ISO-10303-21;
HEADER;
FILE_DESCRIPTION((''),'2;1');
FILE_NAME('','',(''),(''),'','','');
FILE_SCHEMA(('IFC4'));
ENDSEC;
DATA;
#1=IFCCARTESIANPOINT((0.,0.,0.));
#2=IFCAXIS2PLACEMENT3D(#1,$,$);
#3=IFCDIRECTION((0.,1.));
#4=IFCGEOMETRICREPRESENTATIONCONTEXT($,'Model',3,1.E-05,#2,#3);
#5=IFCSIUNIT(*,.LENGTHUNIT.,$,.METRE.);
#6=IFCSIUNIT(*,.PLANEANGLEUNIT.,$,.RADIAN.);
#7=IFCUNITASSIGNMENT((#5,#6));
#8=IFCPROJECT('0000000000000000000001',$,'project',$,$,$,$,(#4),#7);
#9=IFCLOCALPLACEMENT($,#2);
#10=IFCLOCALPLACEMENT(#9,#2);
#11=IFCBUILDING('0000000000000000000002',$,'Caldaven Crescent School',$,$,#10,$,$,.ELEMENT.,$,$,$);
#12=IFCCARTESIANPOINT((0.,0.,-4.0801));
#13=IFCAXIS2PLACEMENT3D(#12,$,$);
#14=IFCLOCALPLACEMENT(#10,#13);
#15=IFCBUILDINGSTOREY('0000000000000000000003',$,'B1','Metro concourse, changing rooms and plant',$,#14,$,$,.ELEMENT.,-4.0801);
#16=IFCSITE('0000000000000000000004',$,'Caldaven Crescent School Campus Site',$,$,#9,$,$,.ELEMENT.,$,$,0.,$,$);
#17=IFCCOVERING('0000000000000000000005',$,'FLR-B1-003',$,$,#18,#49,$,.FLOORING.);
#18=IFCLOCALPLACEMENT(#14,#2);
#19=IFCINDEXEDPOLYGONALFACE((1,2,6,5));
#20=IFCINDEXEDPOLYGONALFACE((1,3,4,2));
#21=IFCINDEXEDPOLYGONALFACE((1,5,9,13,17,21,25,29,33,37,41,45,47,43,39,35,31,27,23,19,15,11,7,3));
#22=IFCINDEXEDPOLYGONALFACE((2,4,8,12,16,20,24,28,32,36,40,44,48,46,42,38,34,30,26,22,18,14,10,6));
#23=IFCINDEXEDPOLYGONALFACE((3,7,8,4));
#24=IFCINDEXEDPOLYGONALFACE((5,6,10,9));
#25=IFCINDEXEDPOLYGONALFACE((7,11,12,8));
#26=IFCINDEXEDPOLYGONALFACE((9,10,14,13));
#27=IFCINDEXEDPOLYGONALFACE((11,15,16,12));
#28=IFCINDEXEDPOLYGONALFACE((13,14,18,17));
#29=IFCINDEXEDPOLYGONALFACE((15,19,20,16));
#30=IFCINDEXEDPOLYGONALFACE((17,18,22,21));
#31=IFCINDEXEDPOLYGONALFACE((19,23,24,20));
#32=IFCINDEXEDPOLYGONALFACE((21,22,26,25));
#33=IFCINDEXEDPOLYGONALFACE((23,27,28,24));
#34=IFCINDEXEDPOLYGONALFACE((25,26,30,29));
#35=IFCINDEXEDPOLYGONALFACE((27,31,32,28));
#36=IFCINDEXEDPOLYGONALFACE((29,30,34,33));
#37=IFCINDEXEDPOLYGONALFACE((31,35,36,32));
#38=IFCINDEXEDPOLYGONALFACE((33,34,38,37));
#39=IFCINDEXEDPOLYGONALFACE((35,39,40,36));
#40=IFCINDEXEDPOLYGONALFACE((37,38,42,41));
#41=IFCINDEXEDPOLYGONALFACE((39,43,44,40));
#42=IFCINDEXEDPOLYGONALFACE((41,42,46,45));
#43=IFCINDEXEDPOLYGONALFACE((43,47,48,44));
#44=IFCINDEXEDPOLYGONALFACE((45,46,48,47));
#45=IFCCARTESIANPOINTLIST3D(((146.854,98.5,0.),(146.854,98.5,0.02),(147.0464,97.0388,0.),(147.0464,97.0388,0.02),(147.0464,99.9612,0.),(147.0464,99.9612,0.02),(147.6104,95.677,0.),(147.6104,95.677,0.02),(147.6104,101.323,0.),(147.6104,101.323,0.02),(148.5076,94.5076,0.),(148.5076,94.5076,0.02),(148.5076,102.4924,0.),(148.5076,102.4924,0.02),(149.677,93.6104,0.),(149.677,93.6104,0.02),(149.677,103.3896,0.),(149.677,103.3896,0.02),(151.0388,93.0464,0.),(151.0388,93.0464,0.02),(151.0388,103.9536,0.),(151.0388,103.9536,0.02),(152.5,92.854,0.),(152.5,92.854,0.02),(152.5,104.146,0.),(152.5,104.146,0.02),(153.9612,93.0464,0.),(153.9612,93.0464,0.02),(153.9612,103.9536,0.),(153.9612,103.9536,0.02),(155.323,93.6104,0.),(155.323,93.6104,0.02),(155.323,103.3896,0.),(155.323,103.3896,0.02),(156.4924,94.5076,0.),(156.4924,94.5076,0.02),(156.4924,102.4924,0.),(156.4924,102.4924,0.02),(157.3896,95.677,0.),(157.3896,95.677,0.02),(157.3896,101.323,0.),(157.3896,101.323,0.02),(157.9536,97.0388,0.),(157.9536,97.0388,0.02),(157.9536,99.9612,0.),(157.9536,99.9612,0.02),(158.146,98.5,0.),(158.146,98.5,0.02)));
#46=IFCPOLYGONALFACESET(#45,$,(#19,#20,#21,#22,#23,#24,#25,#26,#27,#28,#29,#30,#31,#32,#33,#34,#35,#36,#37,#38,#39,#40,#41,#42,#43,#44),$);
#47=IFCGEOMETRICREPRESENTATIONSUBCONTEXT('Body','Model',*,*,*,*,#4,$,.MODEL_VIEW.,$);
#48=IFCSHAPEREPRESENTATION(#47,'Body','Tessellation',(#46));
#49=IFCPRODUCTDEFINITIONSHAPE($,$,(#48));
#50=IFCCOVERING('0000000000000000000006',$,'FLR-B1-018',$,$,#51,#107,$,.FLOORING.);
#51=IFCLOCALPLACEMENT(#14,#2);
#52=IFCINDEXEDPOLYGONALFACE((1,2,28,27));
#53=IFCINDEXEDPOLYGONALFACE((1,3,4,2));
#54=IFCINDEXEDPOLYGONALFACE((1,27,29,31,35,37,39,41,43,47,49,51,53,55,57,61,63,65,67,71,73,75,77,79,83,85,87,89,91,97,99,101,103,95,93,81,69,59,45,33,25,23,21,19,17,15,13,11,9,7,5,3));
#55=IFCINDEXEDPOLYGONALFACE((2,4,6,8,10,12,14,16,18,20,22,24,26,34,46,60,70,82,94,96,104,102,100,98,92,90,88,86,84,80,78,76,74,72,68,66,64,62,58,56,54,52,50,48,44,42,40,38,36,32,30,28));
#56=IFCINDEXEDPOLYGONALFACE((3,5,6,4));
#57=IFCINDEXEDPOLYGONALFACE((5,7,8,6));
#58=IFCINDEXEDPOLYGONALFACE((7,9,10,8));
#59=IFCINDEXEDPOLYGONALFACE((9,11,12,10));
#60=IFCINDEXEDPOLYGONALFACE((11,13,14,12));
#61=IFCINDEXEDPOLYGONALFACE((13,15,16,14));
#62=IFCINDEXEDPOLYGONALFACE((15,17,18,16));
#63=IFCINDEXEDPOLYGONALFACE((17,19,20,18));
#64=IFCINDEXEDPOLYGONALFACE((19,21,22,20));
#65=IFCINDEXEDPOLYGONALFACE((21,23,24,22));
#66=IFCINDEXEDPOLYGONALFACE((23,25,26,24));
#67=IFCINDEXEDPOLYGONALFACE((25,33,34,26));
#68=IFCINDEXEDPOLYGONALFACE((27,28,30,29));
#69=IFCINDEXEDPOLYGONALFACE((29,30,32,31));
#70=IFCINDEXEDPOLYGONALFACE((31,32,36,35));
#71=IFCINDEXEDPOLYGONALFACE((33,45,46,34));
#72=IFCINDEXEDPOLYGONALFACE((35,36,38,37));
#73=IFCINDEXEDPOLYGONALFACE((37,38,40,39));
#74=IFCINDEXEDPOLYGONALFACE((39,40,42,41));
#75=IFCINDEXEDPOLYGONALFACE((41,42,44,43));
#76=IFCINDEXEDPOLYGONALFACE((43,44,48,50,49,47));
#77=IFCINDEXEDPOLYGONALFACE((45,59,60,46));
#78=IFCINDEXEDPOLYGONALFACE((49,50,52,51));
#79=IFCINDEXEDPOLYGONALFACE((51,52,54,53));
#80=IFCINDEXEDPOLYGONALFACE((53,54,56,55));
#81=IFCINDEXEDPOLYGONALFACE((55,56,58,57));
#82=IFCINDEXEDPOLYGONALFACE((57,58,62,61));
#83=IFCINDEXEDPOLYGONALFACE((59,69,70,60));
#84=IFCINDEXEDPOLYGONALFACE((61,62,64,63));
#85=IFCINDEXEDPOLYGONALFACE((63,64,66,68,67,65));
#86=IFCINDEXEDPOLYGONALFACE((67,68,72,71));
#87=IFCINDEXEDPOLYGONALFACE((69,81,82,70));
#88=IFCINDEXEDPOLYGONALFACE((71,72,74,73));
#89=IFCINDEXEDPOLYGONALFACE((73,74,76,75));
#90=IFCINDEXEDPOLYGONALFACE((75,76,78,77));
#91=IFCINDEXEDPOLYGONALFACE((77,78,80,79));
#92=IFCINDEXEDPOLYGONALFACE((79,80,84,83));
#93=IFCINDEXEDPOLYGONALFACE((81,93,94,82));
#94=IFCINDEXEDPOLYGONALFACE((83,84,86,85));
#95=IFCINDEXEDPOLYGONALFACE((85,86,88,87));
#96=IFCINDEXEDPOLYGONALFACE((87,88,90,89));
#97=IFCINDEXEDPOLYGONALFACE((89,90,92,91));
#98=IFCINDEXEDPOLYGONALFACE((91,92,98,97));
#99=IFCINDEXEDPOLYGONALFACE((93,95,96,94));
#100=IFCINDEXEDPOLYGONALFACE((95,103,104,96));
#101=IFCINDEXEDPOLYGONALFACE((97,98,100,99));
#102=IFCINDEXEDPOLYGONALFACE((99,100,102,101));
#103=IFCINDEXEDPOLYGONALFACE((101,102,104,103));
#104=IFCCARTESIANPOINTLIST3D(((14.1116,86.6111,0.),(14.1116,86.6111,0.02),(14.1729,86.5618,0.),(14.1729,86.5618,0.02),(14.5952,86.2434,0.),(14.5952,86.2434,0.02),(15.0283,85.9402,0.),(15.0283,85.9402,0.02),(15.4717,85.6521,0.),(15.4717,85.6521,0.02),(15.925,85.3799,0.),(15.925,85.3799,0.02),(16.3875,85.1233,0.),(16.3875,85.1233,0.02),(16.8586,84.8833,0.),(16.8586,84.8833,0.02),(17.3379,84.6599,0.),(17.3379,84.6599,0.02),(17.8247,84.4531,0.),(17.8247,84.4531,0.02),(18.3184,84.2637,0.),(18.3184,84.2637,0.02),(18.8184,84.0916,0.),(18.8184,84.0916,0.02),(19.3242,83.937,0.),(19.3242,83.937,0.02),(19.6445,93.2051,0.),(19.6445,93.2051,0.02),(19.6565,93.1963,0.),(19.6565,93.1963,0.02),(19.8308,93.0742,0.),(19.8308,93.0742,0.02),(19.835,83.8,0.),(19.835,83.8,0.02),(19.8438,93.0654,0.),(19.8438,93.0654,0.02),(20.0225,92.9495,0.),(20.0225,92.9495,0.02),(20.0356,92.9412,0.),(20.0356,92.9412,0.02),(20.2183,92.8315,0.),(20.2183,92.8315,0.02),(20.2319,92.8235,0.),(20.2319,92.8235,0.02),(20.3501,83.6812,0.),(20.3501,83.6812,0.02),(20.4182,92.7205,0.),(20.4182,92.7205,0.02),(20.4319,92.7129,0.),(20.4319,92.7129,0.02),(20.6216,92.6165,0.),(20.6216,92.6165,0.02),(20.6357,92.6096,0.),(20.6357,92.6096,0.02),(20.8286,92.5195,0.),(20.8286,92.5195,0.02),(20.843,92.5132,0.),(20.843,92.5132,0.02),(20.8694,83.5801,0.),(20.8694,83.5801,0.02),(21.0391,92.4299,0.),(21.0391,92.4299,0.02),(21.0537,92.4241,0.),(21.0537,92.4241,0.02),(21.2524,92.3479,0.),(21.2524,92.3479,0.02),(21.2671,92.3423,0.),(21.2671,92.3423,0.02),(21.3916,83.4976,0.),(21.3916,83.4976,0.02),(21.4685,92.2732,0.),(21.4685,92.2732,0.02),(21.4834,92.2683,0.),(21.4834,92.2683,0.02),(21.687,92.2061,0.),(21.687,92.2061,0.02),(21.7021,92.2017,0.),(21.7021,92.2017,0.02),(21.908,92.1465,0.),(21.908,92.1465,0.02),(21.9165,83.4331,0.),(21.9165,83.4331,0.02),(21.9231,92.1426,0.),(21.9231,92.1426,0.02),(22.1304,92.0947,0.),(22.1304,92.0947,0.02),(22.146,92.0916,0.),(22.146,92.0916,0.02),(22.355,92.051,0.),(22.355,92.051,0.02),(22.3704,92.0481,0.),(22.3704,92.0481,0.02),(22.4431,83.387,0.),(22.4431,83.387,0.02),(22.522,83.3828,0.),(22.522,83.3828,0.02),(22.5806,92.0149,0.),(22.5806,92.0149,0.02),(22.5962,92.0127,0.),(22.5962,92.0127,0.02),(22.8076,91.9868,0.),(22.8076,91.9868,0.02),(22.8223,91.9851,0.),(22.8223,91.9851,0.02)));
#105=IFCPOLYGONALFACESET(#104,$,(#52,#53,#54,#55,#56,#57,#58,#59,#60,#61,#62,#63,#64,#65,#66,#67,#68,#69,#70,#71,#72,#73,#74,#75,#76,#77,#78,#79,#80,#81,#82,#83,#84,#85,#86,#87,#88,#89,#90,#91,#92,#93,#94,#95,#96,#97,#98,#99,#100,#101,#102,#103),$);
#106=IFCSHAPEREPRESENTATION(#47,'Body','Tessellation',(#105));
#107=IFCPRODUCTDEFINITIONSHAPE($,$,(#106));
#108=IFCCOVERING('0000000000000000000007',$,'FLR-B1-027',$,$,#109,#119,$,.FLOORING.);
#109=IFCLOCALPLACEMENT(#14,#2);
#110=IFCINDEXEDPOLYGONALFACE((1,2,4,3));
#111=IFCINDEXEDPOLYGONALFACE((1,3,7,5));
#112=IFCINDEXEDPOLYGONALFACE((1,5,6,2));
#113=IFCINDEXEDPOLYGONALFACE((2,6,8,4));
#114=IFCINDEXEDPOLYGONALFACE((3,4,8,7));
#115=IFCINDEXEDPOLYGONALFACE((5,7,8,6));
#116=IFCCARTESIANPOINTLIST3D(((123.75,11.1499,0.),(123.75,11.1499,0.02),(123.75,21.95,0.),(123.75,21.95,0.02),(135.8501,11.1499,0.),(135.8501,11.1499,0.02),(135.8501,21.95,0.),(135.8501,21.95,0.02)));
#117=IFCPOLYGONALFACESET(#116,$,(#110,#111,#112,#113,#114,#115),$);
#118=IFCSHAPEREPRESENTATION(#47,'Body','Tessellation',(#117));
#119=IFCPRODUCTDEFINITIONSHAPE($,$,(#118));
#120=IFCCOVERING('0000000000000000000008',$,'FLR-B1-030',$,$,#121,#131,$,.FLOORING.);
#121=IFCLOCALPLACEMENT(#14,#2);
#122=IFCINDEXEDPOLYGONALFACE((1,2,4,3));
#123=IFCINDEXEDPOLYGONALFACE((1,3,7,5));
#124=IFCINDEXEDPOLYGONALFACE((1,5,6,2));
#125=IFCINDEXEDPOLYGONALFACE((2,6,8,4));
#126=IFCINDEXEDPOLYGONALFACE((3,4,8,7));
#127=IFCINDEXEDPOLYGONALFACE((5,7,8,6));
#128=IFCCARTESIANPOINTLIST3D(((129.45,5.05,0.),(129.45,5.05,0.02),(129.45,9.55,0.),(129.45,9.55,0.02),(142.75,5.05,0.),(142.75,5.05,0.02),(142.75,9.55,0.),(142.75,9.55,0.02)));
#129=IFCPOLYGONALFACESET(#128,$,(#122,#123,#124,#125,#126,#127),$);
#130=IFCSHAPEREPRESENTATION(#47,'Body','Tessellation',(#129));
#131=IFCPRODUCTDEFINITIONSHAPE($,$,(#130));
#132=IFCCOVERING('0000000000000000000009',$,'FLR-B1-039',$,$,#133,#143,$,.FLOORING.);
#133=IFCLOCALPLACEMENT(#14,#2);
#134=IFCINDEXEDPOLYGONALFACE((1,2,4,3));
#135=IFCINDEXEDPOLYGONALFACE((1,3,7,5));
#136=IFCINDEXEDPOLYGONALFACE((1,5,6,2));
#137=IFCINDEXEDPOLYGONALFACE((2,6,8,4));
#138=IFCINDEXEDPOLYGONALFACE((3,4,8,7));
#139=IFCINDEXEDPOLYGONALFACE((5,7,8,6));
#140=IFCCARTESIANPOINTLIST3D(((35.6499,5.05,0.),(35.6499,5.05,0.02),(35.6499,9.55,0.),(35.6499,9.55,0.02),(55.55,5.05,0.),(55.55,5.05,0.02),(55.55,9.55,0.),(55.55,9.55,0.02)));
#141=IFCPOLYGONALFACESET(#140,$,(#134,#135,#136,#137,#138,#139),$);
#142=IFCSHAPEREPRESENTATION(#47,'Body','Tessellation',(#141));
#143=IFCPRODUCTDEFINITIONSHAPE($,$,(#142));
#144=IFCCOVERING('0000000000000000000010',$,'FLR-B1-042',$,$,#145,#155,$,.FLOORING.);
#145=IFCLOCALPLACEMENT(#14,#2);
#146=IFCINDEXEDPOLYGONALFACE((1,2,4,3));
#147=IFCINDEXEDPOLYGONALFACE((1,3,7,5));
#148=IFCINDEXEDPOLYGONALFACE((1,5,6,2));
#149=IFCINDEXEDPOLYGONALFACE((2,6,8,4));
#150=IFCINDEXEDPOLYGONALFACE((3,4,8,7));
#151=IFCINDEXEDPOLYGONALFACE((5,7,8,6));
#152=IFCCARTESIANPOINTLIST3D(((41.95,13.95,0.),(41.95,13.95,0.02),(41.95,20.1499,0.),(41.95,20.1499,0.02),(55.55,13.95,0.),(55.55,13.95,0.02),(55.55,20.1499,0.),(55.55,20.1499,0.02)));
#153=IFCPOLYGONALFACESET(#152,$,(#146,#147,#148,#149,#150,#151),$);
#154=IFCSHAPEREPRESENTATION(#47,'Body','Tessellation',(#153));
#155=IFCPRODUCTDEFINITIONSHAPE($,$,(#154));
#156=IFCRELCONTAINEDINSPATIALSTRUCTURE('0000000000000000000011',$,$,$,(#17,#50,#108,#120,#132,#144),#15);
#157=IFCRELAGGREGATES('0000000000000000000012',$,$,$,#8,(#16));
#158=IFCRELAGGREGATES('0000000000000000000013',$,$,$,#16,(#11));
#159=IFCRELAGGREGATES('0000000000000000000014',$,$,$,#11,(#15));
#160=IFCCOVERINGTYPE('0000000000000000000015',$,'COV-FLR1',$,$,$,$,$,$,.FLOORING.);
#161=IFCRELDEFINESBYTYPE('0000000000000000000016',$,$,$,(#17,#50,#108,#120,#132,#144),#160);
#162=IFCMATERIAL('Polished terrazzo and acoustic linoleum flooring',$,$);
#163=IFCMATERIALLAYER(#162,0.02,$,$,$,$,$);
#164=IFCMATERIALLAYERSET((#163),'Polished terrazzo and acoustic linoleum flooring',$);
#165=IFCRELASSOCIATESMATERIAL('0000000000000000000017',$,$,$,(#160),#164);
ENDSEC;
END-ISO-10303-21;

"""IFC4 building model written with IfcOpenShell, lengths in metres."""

from ifc_helpers import new_model, si_unit, direction, frame, origin, place, context, subcontext, project, spatial, polyline, outline, extrude, material, layer, layer_set, type_object, element, save


model = new_model("IFC4")

# Units and contexts
model_context = context("Model", 3, precision=1e-05, world=origin(), true_north=direction((0.0, 1.0)))
body_context = subcontext(model_context, "Body", "Model", "MODEL_VIEW")
ifc_project = project(units=[si_unit("LENGTHUNIT", "METRE"), si_unit("PLANEANGLEUNIT", "RADIAN")], contexts=[model_context])

# Site, building, storey
site_placement = place(None, origin())
site = spatial("IfcSite", under=ifc_project, at=site_placement, Name="Caldaven Crescent School Campus Site", CompositionType="ELEMENT", RefElevation=0.0)
building_placement = place(site_placement, origin())
building = spatial("IfcBuilding", under=site, at=building_placement, Name="Caldaven Crescent School", CompositionType="ELEMENT")
storey_placement = place(building_placement, frame((0.0, 0.0, -4.0801)))
storey = spatial("IfcBuildingStorey", under=building, at=storey_placement, Name="B1", Description="Metro concourse, changing rooms and plant", CompositionType="ELEMENT", Elevation=-4.0801)

# Coverings
ifc_material_1 = material(Name="Polished terrazzo and acoustic linoleum flooring")
ifc_layer_1 = layer(ifc_material_1, 0.02)
ifc_layer_set_1 = layer_set([ifc_layer_1], Name="Polished terrazzo and acoustic linoleum flooring")
covering_type_1 = type_object("IfcCoveringType", Name="COV-FLR1", PredefinedType="FLOORING", material=ifc_layer_set_1)
covering_1_placement = place(storey_placement, origin())
element("IfcCovering", 1, at=covering_1_placement, inside=storey, type_object=covering_type_1, Name="FLR-B1-003", PredefinedType="FLOORING", context=body_context, shape_type="SweptSolid", body=[
    extrude(outline(polyline([(157.9536, 97.0388), (157.3896, 95.677), (156.4924, 94.5076), (155.323, 93.6104), (153.9612, 93.0464), (152.5, 92.854), (151.0388, 93.0464), (149.677, 93.6104), (148.5076, 94.5076), (147.6104, 95.677), (147.0464, 97.0388), (146.854, 98.5), (147.0464, 99.9612), (147.6104, 101.323), (148.5076, 102.4924), (149.677, 103.3896), (151.0388, 103.9536), (152.5, 104.146), (153.9612, 103.9536), (155.323, 103.3896), (156.4924, 102.4924), (157.3896, 101.323), (157.9536, 99.9612), (158.146, 98.5), (157.9536, 97.0388)])), origin(), (0.0, 0.0, 1.0), 0.02),
])
covering_2_placement = place(storey_placement, origin())
element("IfcCovering", 2, at=covering_2_placement, inside=storey, type_object=covering_type_1, Name="FLR-B1-018", PredefinedType="FLOORING", context=body_context, shape_type="SweptSolid", body=[
    extrude(outline(polyline([(19.6445, 93.2051), (19.6565, 93.1963), (19.8308, 93.0742), (19.8438, 93.0654), (20.0225, 92.9495), (20.0356, 92.9412), (20.2183, 92.8315), (20.2319, 92.8235), (20.4182, 92.7205), (20.4319, 92.7129), (20.6216, 92.6165), (20.6357, 92.6096), (20.8286, 92.5195), (20.843, 92.5132), (21.0391, 92.4299), (21.0537, 92.4241), (21.2524, 92.3479), (21.2671, 92.3423), (21.4685, 92.2732), (21.4834, 92.2683), (21.687, 92.2061), (21.7021, 92.2017), (21.908, 92.1465), (21.9231, 92.1426), (22.1304, 92.0947), (22.146, 92.0916), (22.355, 92.051), (22.3704, 92.0481), (22.5806, 92.0149), (22.5962, 92.0127), (22.8076, 91.9868), (22.8223, 91.9851), (22.522, 83.3828), (22.4431, 83.387), (21.9165, 83.4331), (21.3916, 83.4976), (20.8694, 83.5801), (20.3501, 83.6812), (19.835, 83.8), (19.3242, 83.937), (18.8184, 84.0916), (18.3184, 84.2637), (17.8247, 84.4531), (17.3379, 84.6599), (16.8586, 84.8833), (16.3875, 85.1233), (15.925, 85.3799), (15.4717, 85.6521), (15.0283, 85.9402), (14.5952, 86.2434), (14.1729, 86.5618), (14.1116, 86.6111), (19.6445, 93.2051)])), origin(), (0.0, 0.0, 1.0), 0.02),
])
covering_3_placement = place(storey_placement, origin())
element("IfcCovering", 3, at=covering_3_placement, inside=storey, type_object=covering_type_1, Name="FLR-B1-027", PredefinedType="FLOORING", context=body_context, shape_type="SweptSolid", body=[
    extrude(outline(polyline([(123.75, 21.95), (135.8501, 21.95), (135.8501, 11.1499), (123.75, 11.1499), (123.75, 21.95)])), origin(), (0.0, 0.0, 1.0), 0.02),
])
covering_4_placement = place(storey_placement, origin())
element("IfcCovering", 4, at=covering_4_placement, inside=storey, type_object=covering_type_1, Name="FLR-B1-030", PredefinedType="FLOORING", context=body_context, shape_type="SweptSolid", body=[
    extrude(outline(polyline([(129.45, 9.55), (142.75, 9.55), (142.75, 5.05), (129.45, 5.05), (129.45, 9.55)])), origin(), (0.0, 0.0, 1.0), 0.02),
])
covering_5_placement = place(storey_placement, origin())
element("IfcCovering", 5, at=covering_5_placement, inside=storey, type_object=covering_type_1, Name="FLR-B1-039", PredefinedType="FLOORING", context=body_context, shape_type="SweptSolid", body=[
    extrude(outline(polyline([(35.6499, 9.55), (55.55, 9.55), (55.55, 5.05), (35.6499, 5.05), (35.6499, 9.55)])), origin(), (0.0, 0.0, 1.0), 0.02),
])
covering_6_placement = place(storey_placement, origin())
element("IfcCovering", 6, at=covering_6_placement, inside=storey, type_object=covering_type_1, Name="FLR-B1-042", PredefinedType="FLOORING", context=body_context, shape_type="SweptSolid", body=[
    extrude(outline(polyline([(41.95, 20.1499), (55.55, 20.1499), (55.55, 13.95), (41.95, 13.95), (41.95, 20.1499)])), origin(), (0.0, 0.0, 1.0), 0.02),
])

save(model, "model.ifc")
